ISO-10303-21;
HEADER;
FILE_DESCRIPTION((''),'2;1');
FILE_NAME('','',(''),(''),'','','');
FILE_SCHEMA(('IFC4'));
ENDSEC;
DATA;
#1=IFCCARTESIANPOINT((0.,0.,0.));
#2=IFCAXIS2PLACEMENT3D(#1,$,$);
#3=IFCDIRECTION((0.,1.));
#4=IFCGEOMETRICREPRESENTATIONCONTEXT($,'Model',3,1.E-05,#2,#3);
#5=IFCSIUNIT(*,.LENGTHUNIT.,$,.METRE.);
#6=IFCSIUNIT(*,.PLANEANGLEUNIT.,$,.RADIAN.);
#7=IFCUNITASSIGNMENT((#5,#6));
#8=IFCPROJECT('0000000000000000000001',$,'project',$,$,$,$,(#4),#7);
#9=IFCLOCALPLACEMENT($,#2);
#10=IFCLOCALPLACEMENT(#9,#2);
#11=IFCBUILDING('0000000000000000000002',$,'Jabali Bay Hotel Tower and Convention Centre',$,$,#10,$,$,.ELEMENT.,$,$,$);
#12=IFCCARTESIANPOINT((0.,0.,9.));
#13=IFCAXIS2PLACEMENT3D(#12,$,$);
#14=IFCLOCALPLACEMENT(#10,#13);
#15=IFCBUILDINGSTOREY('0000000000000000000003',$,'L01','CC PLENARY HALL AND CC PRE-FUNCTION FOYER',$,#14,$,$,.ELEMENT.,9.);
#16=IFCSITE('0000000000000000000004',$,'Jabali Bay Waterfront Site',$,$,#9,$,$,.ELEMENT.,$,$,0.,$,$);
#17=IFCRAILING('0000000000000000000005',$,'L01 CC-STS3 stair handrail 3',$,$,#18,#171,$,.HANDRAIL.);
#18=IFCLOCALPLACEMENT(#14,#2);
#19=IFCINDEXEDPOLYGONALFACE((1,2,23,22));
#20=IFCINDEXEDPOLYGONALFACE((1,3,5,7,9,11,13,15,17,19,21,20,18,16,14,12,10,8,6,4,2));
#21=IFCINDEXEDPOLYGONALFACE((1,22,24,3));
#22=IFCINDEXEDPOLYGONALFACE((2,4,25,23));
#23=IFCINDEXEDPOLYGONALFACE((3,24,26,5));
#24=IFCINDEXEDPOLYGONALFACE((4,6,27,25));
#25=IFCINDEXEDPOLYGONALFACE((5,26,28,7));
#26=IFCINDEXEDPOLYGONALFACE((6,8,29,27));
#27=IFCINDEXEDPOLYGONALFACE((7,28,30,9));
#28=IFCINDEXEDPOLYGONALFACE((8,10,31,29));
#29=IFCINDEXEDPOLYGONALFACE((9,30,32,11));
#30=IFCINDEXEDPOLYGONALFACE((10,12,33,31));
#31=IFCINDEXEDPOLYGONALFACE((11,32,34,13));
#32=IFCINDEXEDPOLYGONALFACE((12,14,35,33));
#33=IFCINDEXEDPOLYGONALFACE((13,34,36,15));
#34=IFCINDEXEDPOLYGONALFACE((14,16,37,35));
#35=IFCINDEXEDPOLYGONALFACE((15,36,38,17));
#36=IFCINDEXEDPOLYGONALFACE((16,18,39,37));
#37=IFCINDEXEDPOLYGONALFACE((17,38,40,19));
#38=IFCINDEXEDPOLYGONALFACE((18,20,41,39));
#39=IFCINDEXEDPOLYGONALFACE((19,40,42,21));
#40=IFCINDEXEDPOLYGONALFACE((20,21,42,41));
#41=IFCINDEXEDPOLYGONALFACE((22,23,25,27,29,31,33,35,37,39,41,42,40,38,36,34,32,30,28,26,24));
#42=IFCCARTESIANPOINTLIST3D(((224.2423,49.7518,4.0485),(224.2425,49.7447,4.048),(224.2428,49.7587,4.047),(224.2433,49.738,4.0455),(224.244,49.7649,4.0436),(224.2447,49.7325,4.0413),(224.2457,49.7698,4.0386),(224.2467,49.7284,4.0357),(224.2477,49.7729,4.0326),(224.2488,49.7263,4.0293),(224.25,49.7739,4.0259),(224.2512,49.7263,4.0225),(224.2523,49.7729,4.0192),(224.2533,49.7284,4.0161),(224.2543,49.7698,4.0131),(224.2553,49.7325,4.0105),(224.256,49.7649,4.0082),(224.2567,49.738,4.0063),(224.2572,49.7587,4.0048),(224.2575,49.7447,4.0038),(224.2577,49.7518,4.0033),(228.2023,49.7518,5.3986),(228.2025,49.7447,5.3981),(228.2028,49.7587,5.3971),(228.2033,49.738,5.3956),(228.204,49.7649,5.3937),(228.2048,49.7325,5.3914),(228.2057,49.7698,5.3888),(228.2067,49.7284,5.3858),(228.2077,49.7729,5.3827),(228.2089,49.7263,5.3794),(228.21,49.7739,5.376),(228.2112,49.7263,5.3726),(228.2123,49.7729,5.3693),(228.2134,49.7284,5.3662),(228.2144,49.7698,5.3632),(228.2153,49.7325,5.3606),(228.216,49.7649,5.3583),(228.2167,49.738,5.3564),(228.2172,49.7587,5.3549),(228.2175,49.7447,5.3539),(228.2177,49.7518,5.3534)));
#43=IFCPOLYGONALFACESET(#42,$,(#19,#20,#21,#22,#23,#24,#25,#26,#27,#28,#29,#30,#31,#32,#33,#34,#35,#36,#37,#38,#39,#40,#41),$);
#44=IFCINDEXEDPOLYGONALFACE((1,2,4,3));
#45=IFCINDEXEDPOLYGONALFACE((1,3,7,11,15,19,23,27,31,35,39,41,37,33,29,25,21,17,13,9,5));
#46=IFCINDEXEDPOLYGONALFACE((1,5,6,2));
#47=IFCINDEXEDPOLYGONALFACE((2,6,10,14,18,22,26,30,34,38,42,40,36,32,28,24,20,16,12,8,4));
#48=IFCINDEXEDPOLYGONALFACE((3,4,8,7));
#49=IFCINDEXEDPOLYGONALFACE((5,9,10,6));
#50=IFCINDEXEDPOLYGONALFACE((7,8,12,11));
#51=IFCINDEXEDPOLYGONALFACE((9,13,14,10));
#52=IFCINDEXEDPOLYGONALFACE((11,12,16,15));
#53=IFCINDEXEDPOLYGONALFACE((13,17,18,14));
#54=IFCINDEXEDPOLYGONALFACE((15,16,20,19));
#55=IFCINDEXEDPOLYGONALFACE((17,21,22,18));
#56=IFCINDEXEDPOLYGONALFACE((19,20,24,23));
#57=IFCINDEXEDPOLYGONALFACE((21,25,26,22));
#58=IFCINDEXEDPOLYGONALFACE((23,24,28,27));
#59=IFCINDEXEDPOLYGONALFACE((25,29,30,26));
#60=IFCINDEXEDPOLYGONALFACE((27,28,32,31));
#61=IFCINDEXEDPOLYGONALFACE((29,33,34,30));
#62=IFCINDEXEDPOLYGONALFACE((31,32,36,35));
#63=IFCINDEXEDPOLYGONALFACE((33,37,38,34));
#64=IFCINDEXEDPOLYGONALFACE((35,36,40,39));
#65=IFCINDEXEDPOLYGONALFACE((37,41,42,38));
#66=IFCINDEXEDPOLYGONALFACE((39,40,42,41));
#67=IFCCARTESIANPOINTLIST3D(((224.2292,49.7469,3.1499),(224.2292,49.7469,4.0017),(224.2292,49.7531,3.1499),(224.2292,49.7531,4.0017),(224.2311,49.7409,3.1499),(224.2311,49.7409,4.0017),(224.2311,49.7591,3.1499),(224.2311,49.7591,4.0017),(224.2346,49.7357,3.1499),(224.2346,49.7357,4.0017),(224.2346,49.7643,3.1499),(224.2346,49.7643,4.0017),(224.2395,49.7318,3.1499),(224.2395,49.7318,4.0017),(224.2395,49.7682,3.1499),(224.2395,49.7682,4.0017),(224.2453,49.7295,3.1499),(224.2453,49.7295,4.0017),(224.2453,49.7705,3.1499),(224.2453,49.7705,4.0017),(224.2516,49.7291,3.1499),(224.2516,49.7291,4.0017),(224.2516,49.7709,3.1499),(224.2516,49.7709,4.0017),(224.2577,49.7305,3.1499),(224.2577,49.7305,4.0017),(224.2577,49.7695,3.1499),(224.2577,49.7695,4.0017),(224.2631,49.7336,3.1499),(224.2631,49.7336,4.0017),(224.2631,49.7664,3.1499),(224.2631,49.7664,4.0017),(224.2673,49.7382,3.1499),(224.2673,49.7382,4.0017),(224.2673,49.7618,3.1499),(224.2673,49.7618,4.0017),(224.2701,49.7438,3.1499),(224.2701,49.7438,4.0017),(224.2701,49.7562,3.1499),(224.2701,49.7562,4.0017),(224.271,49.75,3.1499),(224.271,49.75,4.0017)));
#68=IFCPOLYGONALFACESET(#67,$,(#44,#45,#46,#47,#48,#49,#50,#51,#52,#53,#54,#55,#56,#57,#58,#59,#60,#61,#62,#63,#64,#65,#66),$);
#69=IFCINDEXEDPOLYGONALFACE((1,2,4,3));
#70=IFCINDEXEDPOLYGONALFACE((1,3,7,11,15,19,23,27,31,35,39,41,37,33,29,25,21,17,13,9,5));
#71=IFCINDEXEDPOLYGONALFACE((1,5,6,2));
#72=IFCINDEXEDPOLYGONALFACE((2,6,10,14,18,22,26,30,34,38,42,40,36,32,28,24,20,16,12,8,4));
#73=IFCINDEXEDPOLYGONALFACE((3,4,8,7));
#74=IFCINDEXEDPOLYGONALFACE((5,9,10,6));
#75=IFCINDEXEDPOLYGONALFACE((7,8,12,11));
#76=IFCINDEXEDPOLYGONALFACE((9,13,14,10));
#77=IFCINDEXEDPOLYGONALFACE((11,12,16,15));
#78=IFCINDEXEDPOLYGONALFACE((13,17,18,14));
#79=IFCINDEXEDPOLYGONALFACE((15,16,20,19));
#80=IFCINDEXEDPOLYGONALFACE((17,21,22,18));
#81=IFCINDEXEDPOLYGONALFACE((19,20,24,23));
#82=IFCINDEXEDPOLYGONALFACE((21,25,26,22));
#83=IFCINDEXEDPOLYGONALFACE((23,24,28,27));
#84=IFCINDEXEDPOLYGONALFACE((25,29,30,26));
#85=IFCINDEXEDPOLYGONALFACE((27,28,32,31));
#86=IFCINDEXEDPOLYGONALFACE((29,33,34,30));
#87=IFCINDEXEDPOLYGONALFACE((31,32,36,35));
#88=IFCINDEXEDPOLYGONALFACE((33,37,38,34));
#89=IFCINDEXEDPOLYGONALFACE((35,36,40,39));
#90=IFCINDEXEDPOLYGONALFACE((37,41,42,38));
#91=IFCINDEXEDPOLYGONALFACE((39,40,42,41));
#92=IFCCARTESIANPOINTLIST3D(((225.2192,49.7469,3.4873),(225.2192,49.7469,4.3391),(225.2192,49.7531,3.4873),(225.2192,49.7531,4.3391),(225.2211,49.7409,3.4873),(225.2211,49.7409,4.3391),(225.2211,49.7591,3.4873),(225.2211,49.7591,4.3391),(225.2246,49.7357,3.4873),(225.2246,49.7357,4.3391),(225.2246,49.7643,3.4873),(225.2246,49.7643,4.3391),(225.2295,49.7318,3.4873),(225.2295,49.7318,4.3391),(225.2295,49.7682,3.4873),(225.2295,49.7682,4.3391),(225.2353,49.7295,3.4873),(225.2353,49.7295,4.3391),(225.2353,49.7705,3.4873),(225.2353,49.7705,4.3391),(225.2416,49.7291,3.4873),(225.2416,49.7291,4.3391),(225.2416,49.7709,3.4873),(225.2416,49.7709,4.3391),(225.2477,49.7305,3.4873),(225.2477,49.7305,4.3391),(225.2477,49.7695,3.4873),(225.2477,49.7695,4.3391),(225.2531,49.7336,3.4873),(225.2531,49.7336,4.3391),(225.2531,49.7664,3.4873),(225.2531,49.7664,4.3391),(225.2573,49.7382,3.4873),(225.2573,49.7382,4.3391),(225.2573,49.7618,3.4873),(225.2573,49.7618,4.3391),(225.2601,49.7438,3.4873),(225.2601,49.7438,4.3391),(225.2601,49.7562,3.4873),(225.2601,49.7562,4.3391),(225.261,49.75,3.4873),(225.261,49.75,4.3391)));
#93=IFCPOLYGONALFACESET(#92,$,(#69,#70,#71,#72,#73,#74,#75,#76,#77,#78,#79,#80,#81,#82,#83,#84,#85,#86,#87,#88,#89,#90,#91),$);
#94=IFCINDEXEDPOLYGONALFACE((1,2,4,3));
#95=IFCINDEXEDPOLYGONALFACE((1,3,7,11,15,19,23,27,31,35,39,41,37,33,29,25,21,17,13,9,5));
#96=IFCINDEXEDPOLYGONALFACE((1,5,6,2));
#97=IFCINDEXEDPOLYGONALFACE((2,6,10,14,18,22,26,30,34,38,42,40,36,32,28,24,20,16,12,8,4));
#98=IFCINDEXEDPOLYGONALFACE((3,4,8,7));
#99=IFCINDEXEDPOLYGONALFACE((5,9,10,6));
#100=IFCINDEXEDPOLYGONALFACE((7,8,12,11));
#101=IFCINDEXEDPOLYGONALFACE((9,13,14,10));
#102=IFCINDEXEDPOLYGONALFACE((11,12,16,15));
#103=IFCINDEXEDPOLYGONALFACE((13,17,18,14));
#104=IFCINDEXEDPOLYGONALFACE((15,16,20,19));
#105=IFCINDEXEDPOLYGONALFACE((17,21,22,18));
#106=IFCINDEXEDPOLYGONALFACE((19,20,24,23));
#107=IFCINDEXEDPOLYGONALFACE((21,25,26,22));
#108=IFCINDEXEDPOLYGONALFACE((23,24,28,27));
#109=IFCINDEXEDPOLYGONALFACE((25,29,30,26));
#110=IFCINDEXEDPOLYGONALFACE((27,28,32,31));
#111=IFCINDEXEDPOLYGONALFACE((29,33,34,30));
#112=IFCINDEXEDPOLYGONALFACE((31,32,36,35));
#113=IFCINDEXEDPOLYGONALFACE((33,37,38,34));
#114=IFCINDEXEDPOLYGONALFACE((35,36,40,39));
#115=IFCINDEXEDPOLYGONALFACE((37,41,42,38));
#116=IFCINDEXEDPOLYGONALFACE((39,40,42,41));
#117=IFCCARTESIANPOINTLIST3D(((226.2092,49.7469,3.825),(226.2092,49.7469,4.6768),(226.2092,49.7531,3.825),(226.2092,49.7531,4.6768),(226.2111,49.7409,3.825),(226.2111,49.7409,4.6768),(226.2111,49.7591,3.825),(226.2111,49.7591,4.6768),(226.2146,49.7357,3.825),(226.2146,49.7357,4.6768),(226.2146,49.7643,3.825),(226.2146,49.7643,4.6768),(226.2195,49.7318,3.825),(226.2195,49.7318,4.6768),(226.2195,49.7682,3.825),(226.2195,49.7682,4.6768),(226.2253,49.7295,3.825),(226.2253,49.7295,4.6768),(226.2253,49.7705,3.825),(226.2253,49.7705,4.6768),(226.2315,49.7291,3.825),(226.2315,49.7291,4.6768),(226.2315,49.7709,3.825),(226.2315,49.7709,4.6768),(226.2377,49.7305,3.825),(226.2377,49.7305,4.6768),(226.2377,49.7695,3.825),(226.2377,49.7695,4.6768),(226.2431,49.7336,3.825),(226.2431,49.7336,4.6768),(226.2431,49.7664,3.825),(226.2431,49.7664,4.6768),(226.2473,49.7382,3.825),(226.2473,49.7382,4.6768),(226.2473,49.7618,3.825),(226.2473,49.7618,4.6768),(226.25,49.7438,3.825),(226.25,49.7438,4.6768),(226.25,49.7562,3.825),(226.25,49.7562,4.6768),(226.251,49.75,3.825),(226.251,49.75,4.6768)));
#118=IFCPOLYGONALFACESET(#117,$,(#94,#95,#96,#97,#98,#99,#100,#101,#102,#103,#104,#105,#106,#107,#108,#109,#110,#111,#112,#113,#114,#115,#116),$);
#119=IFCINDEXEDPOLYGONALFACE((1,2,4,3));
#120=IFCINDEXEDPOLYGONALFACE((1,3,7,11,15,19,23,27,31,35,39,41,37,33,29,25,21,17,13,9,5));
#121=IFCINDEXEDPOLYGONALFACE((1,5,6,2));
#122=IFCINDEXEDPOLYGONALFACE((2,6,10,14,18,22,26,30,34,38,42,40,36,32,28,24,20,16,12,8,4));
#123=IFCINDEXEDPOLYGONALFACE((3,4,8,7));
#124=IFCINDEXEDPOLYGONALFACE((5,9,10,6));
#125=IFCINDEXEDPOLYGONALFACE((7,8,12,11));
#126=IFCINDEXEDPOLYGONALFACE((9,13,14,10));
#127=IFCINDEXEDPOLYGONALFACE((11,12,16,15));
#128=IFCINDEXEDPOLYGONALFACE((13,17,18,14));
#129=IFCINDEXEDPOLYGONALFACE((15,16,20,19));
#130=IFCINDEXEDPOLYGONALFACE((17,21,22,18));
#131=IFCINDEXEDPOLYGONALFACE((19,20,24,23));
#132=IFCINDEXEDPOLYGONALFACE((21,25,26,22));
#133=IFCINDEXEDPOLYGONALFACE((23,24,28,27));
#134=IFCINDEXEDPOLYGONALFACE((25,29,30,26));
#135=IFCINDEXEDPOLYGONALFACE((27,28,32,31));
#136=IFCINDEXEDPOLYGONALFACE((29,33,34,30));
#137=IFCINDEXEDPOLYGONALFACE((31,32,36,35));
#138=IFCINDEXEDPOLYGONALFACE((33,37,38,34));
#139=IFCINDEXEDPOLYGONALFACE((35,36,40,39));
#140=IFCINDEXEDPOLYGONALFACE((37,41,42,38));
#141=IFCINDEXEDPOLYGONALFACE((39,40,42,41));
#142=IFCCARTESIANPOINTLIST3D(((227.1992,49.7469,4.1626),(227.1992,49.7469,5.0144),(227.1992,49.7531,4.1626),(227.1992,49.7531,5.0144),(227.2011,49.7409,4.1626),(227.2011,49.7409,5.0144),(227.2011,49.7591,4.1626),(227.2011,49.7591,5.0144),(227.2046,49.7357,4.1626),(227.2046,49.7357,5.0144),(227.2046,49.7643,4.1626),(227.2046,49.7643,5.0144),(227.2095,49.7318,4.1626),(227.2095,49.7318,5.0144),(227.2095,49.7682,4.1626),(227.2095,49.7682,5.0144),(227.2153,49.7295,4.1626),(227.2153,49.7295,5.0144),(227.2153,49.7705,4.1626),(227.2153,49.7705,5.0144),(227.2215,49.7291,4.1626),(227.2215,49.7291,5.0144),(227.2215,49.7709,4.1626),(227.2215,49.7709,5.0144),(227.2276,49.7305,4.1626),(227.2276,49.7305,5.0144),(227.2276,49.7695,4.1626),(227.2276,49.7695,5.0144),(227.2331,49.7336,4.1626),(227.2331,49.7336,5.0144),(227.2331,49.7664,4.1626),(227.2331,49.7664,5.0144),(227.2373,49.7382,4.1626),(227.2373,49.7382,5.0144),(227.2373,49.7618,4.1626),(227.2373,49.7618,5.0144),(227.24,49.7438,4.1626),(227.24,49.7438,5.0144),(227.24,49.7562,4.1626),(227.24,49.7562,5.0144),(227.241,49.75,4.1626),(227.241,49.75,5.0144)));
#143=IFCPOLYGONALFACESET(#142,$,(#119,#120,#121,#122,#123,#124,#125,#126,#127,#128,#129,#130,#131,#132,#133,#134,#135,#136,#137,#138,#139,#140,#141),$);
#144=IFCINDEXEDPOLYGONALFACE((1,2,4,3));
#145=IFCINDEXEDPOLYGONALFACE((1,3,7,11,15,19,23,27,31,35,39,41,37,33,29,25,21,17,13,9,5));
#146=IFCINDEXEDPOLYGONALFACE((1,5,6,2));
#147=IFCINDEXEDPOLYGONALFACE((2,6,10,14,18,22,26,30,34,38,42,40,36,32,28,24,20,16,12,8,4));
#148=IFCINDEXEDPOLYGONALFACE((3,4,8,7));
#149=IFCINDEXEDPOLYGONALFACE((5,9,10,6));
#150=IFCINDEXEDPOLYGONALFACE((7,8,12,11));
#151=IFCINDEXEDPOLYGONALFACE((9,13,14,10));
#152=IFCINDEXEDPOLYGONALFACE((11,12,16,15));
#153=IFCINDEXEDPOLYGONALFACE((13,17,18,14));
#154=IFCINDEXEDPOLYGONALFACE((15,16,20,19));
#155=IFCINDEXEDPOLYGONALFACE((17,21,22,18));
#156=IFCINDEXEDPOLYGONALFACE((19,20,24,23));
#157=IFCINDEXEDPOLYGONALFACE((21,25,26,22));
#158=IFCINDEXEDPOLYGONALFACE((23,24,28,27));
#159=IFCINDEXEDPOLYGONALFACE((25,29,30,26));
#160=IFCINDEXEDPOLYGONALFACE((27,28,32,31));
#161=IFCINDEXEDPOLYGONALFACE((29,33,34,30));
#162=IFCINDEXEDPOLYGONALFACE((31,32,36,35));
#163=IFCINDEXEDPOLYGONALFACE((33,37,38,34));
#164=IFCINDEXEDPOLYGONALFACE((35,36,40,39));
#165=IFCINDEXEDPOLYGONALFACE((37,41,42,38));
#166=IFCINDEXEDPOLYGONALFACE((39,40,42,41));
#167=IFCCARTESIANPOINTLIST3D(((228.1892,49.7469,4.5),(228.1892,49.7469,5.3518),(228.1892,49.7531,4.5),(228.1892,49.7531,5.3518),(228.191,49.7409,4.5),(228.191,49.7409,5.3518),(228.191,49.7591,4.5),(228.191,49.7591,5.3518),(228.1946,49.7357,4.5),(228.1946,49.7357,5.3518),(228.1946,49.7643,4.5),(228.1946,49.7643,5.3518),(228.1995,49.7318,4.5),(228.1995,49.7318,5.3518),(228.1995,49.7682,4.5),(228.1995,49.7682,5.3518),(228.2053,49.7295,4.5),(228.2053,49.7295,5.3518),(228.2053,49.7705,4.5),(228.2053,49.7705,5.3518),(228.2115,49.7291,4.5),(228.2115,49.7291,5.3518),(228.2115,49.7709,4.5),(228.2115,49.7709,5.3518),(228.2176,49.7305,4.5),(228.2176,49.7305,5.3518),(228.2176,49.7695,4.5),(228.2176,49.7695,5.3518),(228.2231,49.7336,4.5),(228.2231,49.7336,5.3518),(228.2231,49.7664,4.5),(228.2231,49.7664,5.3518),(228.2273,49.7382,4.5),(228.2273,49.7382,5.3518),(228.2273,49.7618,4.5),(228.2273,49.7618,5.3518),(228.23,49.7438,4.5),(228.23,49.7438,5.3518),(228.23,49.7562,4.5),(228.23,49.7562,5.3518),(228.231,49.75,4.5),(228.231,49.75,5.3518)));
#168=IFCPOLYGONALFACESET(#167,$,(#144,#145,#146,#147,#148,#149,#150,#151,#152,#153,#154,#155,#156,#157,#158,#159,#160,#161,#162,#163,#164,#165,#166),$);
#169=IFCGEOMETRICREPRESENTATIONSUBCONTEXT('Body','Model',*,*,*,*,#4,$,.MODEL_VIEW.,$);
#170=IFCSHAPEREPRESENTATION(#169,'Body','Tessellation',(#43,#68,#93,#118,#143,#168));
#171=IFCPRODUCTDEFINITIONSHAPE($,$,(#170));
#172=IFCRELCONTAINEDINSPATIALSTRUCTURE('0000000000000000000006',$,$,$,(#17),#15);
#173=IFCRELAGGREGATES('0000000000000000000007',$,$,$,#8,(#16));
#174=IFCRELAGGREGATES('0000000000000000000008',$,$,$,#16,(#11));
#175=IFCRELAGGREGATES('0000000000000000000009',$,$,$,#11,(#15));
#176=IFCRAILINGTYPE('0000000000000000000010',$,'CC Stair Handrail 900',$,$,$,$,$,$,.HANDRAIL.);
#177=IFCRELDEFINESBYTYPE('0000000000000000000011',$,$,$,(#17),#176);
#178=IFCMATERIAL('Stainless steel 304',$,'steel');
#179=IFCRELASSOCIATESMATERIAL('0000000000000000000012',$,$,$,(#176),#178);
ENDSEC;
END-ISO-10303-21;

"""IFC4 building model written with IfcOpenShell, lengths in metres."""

from ifc_helpers import new_model, si_unit, direction, frame, origin, origin_2d, place, context, subcontext, project, spatial, circle, extrude, material, type_object, element, save


model = new_model("IFC4")

# Units and contexts
model_context = context("Model", 3, precision=1e-05, world=origin(), true_north=direction((0.0, 1.0)))
body_context = subcontext(model_context, "Body", "Model", "MODEL_VIEW")
ifc_project = project(units=[si_unit("LENGTHUNIT", "METRE"), si_unit("PLANEANGLEUNIT", "RADIAN")], contexts=[model_context])

# Site, building, storey
site_placement = place(None, origin())
site = spatial("IfcSite", under=ifc_project, at=site_placement, Name="Jabali Bay Waterfront Site", CompositionType="ELEMENT", RefElevation=0.0)
building_placement = place(site_placement, origin())
building = spatial("IfcBuilding", under=site, at=building_placement, Name="Jabali Bay Hotel Tower and Convention Centre", CompositionType="ELEMENT")
storey_placement = place(building_placement, frame((0.0, 0.0, 9.0)))
storey = spatial("IfcBuildingStorey", under=building, at=storey_placement, Name="L01", Description="CC PLENARY HALL AND CC PRE-FUNCTION FOYER", CompositionType="ELEMENT", Elevation=9.0)

# Railing
ifc_material_1 = material(Name="Stainless steel 304", Category="steel")
railing_type_1 = type_object("IfcRailingType", Name="CC Stair Handrail 900", PredefinedType="HANDRAIL", material=ifc_material_1)
railing_1_placement = place(storey_placement, frame((224.25, 49.75, 3.1499)))
element("IfcRailing", 1, at=railing_1_placement, inside=storey, type_object=railing_type_1, Name="L01 CC-STS3 stair handrail 3", PredefinedType="HANDRAIL", context=body_context, shape_type="SweptSolid", body=[
    extrude(circle(Radius=0.0239, at=origin_2d()), frame((0.0, 0.0, 0.876), z_axis=(0.946502, 0.0, 0.322698), x_axis=(0.0, 1.0, 0.0)), (0.0, 0.0, 1.0), 4.1838),
    extrude(circle(Radius=0.021, at=origin_2d()), origin(), (0.0, 0.0, 1.0), 0.8518),
    extrude(circle(Radius=0.021, at=origin_2d()), frame((0.99, 0.0, 0.3374)), (0.0, 0.0, 1.0), 0.8518),
    extrude(circle(Radius=0.021, at=origin_2d()), frame((1.98, 0.0, 0.675)), (0.0, 0.0, 1.0), 0.8518),
    extrude(circle(Radius=0.021, at=origin_2d()), frame((2.97, 0.0, 1.0127)), (0.0, 0.0, 1.0), 0.8518),
    extrude(circle(Radius=0.021, at=origin_2d()), frame((3.96, 0.0, 1.3501)), (0.0, 0.0, 1.0), 0.8518),
])

save(model, "model.ifc")
